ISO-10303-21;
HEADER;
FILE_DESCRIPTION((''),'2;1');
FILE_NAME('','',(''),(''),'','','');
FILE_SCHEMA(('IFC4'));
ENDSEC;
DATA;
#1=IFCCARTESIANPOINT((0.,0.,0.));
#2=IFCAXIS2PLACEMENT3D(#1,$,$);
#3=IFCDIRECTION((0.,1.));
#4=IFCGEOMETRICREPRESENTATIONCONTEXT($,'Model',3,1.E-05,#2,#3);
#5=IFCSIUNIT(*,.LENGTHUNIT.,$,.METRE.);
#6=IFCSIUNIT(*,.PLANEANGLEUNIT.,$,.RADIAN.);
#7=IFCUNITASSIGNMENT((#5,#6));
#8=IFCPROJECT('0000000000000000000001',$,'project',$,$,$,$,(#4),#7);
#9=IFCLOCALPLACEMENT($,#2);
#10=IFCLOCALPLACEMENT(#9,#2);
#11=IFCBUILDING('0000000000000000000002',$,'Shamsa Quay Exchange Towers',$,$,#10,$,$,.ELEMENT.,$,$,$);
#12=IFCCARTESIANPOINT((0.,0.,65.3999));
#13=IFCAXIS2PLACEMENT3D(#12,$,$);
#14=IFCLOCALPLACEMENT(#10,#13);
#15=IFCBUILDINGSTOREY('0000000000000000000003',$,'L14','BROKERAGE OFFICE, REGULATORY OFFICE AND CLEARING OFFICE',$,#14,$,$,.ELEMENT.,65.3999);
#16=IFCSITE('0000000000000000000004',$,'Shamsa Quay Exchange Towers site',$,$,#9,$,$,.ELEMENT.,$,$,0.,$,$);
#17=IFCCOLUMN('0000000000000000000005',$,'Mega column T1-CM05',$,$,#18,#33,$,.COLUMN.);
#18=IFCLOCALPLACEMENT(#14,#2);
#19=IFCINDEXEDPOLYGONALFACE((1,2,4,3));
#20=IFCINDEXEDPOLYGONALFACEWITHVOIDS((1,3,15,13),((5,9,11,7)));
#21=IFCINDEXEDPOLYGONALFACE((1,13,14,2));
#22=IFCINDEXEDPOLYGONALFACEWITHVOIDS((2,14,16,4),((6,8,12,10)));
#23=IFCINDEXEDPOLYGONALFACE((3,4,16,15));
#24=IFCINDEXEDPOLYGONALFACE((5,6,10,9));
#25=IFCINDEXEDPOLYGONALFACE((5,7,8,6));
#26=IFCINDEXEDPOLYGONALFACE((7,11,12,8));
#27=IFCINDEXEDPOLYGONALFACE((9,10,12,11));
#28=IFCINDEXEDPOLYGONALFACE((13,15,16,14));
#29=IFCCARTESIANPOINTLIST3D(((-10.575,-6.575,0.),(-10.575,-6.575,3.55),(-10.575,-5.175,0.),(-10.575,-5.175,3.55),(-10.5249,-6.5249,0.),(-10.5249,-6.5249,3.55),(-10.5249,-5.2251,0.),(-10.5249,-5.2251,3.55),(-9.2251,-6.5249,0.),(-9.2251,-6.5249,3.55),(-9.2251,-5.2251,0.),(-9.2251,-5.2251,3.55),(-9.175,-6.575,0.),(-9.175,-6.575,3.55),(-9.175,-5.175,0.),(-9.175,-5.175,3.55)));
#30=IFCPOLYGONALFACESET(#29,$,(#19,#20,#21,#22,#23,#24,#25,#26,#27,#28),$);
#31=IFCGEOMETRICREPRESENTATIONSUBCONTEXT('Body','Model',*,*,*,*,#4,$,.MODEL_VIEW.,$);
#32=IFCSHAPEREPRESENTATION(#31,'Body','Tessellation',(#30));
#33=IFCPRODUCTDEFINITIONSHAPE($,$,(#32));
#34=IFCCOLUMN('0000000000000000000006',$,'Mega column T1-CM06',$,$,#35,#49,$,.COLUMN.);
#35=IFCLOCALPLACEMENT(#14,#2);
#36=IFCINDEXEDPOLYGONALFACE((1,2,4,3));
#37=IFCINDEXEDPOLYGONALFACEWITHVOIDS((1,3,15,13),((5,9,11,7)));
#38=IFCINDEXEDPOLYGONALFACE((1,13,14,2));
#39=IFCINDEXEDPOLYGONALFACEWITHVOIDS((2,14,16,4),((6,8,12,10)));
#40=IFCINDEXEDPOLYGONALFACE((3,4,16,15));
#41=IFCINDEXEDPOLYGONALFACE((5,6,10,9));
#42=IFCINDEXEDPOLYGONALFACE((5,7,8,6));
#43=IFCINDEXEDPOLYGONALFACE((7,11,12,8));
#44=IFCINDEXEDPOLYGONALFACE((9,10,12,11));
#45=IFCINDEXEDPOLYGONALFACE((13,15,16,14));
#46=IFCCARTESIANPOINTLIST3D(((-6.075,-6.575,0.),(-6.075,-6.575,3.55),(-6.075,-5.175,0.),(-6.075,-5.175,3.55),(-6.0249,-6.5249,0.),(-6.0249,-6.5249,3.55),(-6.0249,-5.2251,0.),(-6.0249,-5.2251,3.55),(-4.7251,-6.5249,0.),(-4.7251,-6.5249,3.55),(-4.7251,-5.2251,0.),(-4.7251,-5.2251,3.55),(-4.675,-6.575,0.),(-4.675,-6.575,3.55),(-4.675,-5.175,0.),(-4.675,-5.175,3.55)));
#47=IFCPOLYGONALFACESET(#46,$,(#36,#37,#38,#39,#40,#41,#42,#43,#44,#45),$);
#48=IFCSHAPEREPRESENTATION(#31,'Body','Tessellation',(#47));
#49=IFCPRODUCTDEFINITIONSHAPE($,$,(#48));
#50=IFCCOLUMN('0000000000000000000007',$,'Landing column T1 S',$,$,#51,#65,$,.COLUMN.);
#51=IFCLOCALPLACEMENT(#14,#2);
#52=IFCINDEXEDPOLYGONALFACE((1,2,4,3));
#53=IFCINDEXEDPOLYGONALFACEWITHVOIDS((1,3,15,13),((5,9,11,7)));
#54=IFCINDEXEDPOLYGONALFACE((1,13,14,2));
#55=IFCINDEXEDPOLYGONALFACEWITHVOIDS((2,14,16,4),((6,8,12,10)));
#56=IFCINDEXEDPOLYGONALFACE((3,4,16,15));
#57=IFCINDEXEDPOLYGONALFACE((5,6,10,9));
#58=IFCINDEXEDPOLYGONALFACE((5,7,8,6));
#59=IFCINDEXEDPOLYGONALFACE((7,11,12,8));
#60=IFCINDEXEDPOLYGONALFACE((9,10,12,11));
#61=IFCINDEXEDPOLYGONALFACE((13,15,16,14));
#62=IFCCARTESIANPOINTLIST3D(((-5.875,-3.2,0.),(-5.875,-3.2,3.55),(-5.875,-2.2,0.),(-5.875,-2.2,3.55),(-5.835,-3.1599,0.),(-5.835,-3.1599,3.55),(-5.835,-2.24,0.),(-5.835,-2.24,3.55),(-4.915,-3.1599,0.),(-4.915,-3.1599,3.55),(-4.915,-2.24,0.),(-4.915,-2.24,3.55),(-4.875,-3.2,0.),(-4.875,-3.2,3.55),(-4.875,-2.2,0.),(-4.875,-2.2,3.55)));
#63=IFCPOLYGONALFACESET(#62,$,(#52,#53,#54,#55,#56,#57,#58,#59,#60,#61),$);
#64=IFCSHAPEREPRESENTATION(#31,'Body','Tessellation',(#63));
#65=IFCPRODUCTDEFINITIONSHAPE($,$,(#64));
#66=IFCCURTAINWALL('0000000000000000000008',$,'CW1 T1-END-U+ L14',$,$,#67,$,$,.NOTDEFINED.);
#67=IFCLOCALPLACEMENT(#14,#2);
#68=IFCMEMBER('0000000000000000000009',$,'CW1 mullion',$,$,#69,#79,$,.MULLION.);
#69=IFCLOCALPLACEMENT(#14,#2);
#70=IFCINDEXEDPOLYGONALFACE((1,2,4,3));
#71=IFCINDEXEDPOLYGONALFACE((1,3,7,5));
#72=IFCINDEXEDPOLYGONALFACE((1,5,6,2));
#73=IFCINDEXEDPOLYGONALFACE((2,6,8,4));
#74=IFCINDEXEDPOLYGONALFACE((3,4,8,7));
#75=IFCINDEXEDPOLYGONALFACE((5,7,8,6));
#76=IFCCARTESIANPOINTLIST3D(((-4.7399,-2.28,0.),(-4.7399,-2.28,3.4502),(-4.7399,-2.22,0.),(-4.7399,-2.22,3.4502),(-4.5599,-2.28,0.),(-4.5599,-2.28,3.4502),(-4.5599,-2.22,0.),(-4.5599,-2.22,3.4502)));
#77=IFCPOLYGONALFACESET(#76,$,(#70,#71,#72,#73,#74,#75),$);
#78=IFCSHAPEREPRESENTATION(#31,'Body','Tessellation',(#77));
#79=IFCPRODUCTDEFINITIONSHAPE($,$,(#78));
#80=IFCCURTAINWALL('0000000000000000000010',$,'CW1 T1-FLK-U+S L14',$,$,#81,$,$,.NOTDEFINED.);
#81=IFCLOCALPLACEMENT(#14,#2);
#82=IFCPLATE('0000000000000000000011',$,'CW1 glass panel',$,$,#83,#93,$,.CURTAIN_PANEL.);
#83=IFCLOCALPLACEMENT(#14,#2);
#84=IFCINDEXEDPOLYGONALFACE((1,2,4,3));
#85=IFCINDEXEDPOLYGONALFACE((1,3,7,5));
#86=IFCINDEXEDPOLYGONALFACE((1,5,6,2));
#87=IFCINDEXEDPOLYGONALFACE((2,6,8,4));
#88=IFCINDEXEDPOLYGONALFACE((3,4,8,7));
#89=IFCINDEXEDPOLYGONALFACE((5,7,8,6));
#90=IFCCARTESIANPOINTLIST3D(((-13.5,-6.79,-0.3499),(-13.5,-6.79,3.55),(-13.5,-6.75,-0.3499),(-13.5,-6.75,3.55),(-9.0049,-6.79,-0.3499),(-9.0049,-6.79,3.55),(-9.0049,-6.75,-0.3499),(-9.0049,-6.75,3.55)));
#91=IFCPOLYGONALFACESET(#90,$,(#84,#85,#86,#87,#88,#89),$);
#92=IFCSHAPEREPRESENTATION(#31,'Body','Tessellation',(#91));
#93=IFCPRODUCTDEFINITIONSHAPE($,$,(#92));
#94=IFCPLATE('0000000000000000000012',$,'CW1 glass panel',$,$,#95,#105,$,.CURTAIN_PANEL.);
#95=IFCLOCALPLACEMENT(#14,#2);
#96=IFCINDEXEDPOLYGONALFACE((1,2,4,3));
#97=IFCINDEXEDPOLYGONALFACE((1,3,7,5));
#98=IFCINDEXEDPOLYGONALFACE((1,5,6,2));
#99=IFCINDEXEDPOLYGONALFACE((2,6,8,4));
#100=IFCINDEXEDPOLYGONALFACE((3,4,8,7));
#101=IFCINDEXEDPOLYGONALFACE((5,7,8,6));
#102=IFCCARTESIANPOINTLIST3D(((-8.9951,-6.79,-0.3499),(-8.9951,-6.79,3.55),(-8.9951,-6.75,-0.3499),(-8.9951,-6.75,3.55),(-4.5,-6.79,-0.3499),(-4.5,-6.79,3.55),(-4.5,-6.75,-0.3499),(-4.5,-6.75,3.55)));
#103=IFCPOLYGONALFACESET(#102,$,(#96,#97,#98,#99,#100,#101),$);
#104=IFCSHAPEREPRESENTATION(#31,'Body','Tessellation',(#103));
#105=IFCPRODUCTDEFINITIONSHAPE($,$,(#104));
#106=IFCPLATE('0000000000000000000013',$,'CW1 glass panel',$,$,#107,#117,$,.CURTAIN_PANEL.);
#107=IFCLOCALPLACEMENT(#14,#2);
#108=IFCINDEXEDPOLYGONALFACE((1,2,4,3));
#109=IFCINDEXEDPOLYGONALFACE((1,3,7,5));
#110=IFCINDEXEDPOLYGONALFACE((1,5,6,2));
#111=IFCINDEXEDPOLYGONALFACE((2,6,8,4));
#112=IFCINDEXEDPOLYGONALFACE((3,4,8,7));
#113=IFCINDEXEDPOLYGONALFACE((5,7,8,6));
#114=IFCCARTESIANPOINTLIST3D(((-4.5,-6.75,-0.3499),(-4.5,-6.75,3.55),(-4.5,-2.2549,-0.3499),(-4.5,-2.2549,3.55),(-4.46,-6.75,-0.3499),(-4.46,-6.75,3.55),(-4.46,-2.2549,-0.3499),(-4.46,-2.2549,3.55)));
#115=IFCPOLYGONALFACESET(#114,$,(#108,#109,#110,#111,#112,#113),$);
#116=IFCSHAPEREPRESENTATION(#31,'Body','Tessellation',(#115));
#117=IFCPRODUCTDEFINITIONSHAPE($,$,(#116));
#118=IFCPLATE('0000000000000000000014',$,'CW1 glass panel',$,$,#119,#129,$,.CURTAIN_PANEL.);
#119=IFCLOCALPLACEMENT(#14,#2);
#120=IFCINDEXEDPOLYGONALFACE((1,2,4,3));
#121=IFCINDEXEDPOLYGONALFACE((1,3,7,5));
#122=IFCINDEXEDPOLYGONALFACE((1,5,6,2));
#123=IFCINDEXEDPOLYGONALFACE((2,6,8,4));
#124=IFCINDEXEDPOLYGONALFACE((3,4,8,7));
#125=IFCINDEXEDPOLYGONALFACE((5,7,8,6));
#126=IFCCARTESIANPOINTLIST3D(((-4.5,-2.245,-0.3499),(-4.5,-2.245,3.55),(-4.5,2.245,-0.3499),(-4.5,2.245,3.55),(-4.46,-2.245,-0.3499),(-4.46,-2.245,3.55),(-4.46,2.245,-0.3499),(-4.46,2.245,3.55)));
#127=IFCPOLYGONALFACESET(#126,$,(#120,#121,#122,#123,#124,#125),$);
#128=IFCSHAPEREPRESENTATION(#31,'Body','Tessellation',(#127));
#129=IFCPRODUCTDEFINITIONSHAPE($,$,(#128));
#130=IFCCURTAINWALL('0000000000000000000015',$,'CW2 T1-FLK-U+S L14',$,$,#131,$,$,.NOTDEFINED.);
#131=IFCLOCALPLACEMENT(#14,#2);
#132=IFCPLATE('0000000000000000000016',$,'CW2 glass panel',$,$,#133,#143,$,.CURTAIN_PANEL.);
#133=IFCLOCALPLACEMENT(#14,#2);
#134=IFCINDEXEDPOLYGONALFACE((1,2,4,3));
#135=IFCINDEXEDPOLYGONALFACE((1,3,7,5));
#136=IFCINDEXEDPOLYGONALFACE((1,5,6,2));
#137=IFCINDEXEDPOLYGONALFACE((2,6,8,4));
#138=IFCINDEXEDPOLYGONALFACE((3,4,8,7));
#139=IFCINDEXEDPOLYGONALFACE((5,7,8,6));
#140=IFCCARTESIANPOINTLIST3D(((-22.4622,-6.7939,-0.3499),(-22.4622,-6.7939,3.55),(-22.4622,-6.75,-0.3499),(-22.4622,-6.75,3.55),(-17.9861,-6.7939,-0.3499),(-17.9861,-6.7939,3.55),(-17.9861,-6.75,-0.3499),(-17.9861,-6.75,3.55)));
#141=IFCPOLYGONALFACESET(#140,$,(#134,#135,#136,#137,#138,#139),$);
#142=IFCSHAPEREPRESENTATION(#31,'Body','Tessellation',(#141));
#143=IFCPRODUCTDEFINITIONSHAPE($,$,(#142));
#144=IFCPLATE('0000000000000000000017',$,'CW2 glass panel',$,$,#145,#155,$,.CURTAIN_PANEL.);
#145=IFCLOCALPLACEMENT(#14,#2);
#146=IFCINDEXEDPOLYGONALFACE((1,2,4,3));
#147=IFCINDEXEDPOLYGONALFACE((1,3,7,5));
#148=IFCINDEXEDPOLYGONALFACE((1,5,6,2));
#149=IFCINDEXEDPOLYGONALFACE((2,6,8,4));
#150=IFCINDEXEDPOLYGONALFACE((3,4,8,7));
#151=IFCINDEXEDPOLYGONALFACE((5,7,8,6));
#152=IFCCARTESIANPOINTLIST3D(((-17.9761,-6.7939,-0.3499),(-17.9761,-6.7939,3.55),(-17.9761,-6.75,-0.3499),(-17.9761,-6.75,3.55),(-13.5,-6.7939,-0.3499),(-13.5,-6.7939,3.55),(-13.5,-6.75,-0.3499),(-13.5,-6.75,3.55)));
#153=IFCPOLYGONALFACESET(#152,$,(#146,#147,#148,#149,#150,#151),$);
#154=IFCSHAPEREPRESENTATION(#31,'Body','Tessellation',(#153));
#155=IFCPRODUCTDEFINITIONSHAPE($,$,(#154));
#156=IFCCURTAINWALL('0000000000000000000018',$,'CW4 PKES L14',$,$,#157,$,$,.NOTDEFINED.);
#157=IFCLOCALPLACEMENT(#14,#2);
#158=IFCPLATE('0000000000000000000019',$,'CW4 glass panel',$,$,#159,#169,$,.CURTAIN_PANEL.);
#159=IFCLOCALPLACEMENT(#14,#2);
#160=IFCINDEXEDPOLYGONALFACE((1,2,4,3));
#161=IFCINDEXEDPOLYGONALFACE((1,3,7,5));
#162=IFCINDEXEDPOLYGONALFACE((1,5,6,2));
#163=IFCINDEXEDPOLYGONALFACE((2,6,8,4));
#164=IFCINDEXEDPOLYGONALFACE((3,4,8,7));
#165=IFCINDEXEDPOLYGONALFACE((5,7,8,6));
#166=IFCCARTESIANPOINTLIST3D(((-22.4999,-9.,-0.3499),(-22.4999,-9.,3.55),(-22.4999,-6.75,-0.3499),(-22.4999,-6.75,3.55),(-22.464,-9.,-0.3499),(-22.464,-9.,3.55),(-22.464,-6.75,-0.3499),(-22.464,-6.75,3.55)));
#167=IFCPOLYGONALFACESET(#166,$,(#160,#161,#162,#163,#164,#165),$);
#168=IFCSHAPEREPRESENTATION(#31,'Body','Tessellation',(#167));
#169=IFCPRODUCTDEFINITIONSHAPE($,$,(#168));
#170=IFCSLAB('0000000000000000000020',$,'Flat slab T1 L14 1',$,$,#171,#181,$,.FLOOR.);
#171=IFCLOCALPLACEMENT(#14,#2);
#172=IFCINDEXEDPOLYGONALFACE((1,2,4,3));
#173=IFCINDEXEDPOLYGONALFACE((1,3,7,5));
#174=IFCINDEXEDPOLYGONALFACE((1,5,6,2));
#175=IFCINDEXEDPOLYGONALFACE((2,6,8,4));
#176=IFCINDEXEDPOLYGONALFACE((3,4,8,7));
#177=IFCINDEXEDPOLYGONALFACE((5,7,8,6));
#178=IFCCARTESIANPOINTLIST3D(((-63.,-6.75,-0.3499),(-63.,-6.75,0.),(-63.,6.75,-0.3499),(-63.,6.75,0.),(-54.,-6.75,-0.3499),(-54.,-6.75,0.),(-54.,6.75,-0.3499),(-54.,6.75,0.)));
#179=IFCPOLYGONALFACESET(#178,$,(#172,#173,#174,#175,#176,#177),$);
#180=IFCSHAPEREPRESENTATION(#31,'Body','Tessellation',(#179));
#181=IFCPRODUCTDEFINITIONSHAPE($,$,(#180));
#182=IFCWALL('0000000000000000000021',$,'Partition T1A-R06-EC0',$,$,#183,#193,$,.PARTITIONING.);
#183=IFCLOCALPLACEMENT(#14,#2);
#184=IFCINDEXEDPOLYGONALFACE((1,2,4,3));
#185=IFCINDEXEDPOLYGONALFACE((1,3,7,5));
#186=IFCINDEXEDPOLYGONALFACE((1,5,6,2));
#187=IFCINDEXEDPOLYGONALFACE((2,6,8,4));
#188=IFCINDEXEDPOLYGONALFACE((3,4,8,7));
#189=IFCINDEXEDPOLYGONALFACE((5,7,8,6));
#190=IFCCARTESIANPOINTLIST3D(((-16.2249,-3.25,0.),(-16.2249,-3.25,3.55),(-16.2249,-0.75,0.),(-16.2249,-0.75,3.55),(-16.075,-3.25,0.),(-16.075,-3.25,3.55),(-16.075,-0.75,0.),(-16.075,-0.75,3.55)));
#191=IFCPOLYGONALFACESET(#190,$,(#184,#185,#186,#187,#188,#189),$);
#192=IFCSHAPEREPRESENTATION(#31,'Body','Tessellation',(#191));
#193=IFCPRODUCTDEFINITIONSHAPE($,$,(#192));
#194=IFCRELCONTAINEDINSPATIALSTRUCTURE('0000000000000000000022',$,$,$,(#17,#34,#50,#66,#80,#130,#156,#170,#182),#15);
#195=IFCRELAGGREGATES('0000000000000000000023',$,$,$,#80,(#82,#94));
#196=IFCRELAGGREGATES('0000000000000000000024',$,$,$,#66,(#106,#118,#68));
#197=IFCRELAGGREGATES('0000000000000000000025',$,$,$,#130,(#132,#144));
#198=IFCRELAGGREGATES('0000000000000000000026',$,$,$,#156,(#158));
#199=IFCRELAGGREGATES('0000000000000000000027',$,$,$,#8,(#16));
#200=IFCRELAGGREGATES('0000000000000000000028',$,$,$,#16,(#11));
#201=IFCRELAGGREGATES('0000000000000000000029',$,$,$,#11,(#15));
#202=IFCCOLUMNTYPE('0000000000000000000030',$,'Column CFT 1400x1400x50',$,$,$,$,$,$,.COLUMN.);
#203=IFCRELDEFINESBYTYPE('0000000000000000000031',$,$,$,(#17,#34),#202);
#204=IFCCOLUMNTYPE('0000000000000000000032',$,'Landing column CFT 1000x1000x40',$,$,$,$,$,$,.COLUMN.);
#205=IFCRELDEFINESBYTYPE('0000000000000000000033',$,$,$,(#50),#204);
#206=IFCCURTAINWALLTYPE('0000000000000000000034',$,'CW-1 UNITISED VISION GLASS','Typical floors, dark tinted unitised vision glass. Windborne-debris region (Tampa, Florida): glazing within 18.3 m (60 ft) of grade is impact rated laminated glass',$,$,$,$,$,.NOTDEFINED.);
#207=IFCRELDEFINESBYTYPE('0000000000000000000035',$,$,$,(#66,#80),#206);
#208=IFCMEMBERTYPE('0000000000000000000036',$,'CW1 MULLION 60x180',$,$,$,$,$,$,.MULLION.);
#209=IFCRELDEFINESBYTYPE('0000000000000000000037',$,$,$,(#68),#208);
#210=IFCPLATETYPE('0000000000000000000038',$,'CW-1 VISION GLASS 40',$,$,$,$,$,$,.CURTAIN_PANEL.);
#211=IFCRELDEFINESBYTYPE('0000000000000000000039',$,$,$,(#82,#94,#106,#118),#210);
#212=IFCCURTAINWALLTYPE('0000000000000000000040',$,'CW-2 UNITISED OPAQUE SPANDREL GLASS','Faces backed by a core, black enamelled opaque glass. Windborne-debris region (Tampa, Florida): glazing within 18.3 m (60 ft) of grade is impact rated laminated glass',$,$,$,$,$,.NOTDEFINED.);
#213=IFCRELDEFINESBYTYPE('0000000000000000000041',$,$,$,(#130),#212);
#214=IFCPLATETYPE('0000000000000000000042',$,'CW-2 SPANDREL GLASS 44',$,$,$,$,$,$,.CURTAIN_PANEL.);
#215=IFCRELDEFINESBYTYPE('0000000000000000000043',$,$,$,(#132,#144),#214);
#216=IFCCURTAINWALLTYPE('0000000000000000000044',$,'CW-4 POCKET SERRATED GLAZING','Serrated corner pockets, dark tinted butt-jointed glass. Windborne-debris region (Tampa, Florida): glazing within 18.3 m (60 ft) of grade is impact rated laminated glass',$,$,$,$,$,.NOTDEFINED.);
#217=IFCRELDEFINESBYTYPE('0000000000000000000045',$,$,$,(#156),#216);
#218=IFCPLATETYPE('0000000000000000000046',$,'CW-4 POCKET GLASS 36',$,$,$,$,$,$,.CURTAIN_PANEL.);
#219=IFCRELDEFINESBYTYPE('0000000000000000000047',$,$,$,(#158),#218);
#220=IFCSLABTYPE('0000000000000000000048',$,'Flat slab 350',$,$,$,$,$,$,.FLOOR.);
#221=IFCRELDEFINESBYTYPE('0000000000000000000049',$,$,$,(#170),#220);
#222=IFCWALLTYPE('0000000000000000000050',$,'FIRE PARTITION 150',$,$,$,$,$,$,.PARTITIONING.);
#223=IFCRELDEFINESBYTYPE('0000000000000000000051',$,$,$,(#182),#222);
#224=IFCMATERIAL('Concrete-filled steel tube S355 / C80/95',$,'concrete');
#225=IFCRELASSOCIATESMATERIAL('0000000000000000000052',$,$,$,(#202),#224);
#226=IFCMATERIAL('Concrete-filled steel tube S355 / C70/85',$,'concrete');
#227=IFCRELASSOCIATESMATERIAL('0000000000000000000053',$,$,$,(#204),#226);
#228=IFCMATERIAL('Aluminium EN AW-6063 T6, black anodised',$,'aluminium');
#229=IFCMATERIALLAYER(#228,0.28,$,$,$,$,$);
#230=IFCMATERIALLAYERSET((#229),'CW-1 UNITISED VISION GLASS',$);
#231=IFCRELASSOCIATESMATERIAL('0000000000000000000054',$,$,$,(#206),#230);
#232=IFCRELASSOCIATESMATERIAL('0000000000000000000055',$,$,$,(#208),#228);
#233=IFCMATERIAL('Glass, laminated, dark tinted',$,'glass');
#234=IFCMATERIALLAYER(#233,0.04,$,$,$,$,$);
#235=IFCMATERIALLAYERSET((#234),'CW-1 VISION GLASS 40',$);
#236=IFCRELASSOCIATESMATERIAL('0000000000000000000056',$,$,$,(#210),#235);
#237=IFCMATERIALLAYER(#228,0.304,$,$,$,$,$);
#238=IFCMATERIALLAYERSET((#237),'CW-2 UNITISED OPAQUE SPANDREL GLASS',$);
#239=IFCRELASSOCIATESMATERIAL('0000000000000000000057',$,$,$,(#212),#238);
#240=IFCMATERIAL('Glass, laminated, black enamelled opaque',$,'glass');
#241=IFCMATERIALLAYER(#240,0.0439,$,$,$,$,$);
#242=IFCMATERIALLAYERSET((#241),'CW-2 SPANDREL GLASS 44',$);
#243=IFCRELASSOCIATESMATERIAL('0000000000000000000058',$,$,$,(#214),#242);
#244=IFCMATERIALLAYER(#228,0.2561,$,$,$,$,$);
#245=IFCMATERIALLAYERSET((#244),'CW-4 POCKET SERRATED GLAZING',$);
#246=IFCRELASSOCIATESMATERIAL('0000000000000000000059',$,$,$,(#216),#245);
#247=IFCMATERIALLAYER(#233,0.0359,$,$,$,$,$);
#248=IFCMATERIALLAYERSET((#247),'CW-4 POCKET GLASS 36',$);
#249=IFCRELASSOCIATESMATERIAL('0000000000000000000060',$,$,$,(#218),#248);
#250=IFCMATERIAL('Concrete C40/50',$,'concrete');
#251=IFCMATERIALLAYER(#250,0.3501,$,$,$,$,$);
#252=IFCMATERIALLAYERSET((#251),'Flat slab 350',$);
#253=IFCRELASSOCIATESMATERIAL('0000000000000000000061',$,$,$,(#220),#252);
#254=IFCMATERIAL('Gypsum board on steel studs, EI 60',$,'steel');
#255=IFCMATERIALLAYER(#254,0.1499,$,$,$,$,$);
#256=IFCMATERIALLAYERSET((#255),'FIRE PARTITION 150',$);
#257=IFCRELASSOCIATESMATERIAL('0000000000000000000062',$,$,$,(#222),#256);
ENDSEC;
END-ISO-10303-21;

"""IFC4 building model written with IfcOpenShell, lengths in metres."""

from ifc_helpers import new_model, si_unit, direction, frame, frame_2d, origin, origin_2d, place, context, subcontext, project, spatial, polyline, rectangle, hollow_rectangle, outline, extrude, material, layer, layer_set, material_profile, profile_set, type_object, element, aggregate, save


model = new_model("IFC4")

# Units and contexts
model_context = context("Model", 3, precision=1e-05, world=origin(), true_north=direction((0.0, 1.0)))
body_context = subcontext(model_context, "Body", "Model", "MODEL_VIEW")
ifc_project = project(units=[si_unit("LENGTHUNIT", "METRE"), si_unit("PLANEANGLEUNIT", "RADIAN")], contexts=[model_context])

# Site, building, storey
site_placement = place(None, origin())
site = spatial("IfcSite", under=ifc_project, at=site_placement, Name="Shamsa Quay Exchange Towers site", CompositionType="ELEMENT", RefElevation=0.0)
building_placement = place(site_placement, origin())
building = spatial("IfcBuilding", under=site, at=building_placement, Name="Shamsa Quay Exchange Towers", CompositionType="ELEMENT")
storey_placement = place(building_placement, frame((0.0, 0.0, 65.3999)))
storey = spatial("IfcBuildingStorey", under=building, at=storey_placement, Name="L14", Description="BROKERAGE OFFICE, REGULATORY OFFICE AND CLEARING OFFICE", CompositionType="ELEMENT", Elevation=65.3999)

# Columns
ifc_material_1 = material(Name="Concrete-filled steel tube S355 / C80/95", Category="concrete")
ifc_material_profile_1 = material_profile(ifc_material_1, hollow_rectangle(XDim=1.3999, YDim=1.3999, WallThickness=0.05, at=origin_2d()), Name="CFT 1400x1400x50")
ifc_profile_set_1 = profile_set([ifc_material_profile_1], Name="Concrete-filled steel tube S355 / C80/95")
column_type_1 = type_object("IfcColumnType", Name="Column CFT 1400x1400x50", PredefinedType="COLUMN", material=ifc_profile_set_1)
for number, where, name in (
    (1, (-9.875, -5.875, 0.0), "Mega column T1-CM05"),
    (2, (-5.375, -5.875, 0.0), "Mega column T1-CM06"),
):
    element("IfcColumn", number, at=place(storey_placement, frame(where)), inside=storey, type_object=column_type_1, Name=name, PredefinedType="COLUMN", context=body_context, shape_type="SweptSolid", body=[
        extrude(hollow_rectangle(XDim=1.3999, YDim=1.3999, WallThickness=0.05, at=origin_2d()), origin(), (0.0, 0.0, 1.0), 3.55),
    ])
ifc_material_2 = material(Name="Concrete-filled steel tube S355 / C70/85", Category="concrete")
ifc_material_profile_2 = material_profile(ifc_material_2, hollow_rectangle(XDim=1.0, YDim=1.0, WallThickness=0.04, at=origin_2d()), Name="CFT 1000x1000x40")
ifc_profile_set_2 = profile_set([ifc_material_profile_2], Name="Concrete-filled steel tube S355 / C70/85")
column_type_2 = type_object("IfcColumnType", Name="Landing column CFT 1000x1000x40", PredefinedType="COLUMN", material=ifc_profile_set_2)
column_placement = place(storey_placement, frame((-5.375, -2.7, 0.0)))
element("IfcColumn", 3, at=column_placement, inside=storey, type_object=column_type_2, Name="Landing column T1 S", PredefinedType="COLUMN", context=body_context, shape_type="SweptSolid", body=[
    extrude(hollow_rectangle(XDim=1.0, YDim=1.0, WallThickness=0.04, at=origin_2d()), origin(), (0.0, 0.0, 1.0), 3.55),
])

# Curtain wall, member
ifc_material_3 = material(Name="Aluminium EN AW-6063 T6, black anodised", Category="aluminium")
ifc_layer_1 = layer(ifc_material_3, 0.28)
ifc_layer_set_1 = layer_set([ifc_layer_1], Name="CW-1 UNITISED VISION GLASS")
curtain_wall_type_1 = type_object("IfcCurtainWallType", Name="CW-1 UNITISED VISION GLASS", Description="Typical floors, dark tinted unitised vision glass. Windborne-debris region (Tampa, Florida): glazing within 18.3 m (60 ft) of grade is impact rated laminated glass", PredefinedType="NOTDEFINED", material=ifc_layer_set_1)
curtain_wall_1_placement = place(storey_placement, origin())
curtain_wall_1 = element("IfcCurtainWall", 4, at=curtain_wall_1_placement, inside=storey, type_object=curtain_wall_type_1, Name="CW1 T1-END-U+ L14", PredefinedType="NOTDEFINED")
ifc_material_profile_3 = material_profile(ifc_material_3, rectangle(XDim=0.1799, YDim=0.0601, at=origin_2d()), Name="MU60x180")
ifc_profile_set_3 = profile_set([ifc_material_profile_3], Name="Aluminium EN AW-6063 T6, black anodised")
member_type = type_object("IfcMemberType", Name="CW1 MULLION 60x180", PredefinedType="MULLION", material=ifc_profile_set_3)
member_placement = place(storey_placement, frame((-4.6499, -2.25, 0.0), z_axis=(0.0, 0.0, 1.0), x_axis=(-1.0, 0.0, 0.0)))
member = element("IfcMember", 5, at=member_placement, type_object=member_type, Name="CW1 mullion", PredefinedType="MULLION", context=body_context, shape_type="SweptSolid", body=[
    extrude(rectangle(XDim=0.1799, YDim=0.0601, at=origin_2d()), origin(), (0.0, 0.0, 1.0), 3.4502),
])

# Curtain wall, plates
curtain_wall_2_placement = place(storey_placement, origin())
curtain_wall_2 = element("IfcCurtainWall", 6, at=curtain_wall_2_placement, inside=storey, type_object=curtain_wall_type_1, Name="CW1 T1-FLK-U+S L14", PredefinedType="NOTDEFINED")
ifc_material_4 = material(Name="Glass, laminated, dark tinted", Category="glass")
ifc_layer_2 = layer(ifc_material_4, 0.04)
ifc_layer_set_2 = layer_set([ifc_layer_2], Name="CW-1 VISION GLASS 40")
plate_type_1 = type_object("IfcPlateType", Name="CW-1 VISION GLASS 40", PredefinedType="CURTAIN_PANEL", material=ifc_layer_set_2)
plate_1_placement = place(storey_placement, frame((-11.2524, -6.77, -0.3499)))
plate_1 = element("IfcPlate", 7, at=plate_1_placement, type_object=plate_type_1, Name="CW1 glass panel", PredefinedType="CURTAIN_PANEL", context=body_context, shape_type="SweptSolid", body=[
    extrude(rectangle(XDim=4.4951, YDim=0.04, at=origin_2d()), origin(), (0.0, 0.0, 1.0), 3.8999),
])
plate_2_placement = place(storey_placement, frame((-6.7476, -6.77, -0.3499)))
plate_2 = element("IfcPlate", 8, at=plate_2_placement, type_object=plate_type_1, Name="CW1 glass panel", PredefinedType="CURTAIN_PANEL", context=body_context, shape_type="SweptSolid", body=[
    extrude(rectangle(XDim=4.4951, YDim=0.04, at=origin_2d()), origin(), (0.0, 0.0, 1.0), 3.8999),
])
aggregate(curtain_wall_2, [plate_1, plate_2])

# Plates
plate_3_placement = place(storey_placement, frame((-4.48, -4.5024, -0.3499), z_axis=(0.0, 0.0, 1.0), x_axis=(0.0, 1.0, 0.0)))
plate_3 = element("IfcPlate", 9, at=plate_3_placement, type_object=plate_type_1, Name="CW1 glass panel", PredefinedType="CURTAIN_PANEL", context=body_context, shape_type="SweptSolid", body=[
    extrude(rectangle(XDim=4.4951, YDim=0.04, at=origin_2d()), origin(), (0.0, 0.0, 1.0), 3.8999),
])
plate_4_placement = place(storey_placement, frame((-4.48, 0.0, -0.3499), z_axis=(0.0, 0.0, 1.0), x_axis=(0.0, 1.0, 0.0)))
plate_4 = element("IfcPlate", 10, at=plate_4_placement, type_object=plate_type_1, Name="CW1 glass panel", PredefinedType="CURTAIN_PANEL", context=body_context, shape_type="SweptSolid", body=[
    extrude(rectangle(XDim=4.49, YDim=0.04, at=origin_2d()), origin(), (0.0, 0.0, 1.0), 3.8999),
])
aggregate(curtain_wall_1, [plate_3, plate_4, member])

# Curtain wall, plates
ifc_layer_3 = layer(ifc_material_3, 0.304)
ifc_layer_set_3 = layer_set([ifc_layer_3], Name="CW-2 UNITISED OPAQUE SPANDREL GLASS")
curtain_wall_type_2 = type_object("IfcCurtainWallType", Name="CW-2 UNITISED OPAQUE SPANDREL GLASS", Description="Faces backed by a core, black enamelled opaque glass. Windborne-debris region (Tampa, Florida): glazing within 18.3 m (60 ft) of grade is impact rated laminated glass", PredefinedType="NOTDEFINED", material=ifc_layer_set_3)
curtain_wall_3_placement = place(storey_placement, origin())
curtain_wall_3 = element("IfcCurtainWall", 11, at=curtain_wall_3_placement, inside=storey, type_object=curtain_wall_type_2, Name="CW2 T1-FLK-U+S L14", PredefinedType="NOTDEFINED")
ifc_material_5 = material(Name="Glass, laminated, black enamelled opaque", Category="glass")
ifc_layer_4 = layer(ifc_material_5, 0.0439)
ifc_layer_set_4 = layer_set([ifc_layer_4], Name="CW-2 SPANDREL GLASS 44")
plate_type_2 = type_object("IfcPlateType", Name="CW-2 SPANDREL GLASS 44", PredefinedType="CURTAIN_PANEL", material=ifc_layer_set_4)
plate_5_placement = place(storey_placement, frame((-20.2241, -6.772, -0.3499)))
plate_5 = element("IfcPlate", 12, at=plate_5_placement, type_object=plate_type_2, Name="CW2 glass panel", PredefinedType="CURTAIN_PANEL", context=body_context, shape_type="SweptSolid", body=[
    extrude(rectangle(XDim=4.4761, YDim=0.0439, at=origin_2d()), origin(), (0.0, 0.0, 1.0), 3.8999),
])
plate_6_placement = place(storey_placement, frame((-15.738, -6.772, -0.3499)))
plate_6 = element("IfcPlate", 13, at=plate_6_placement, type_object=plate_type_2, Name="CW2 glass panel", PredefinedType="CURTAIN_PANEL", context=body_context, shape_type="SweptSolid", body=[
    extrude(rectangle(XDim=4.4761, YDim=0.0439, at=origin_2d()), origin(), (0.0, 0.0, 1.0), 3.8999),
])
aggregate(curtain_wall_3, [plate_5, plate_6])

# Curtain wall, plate
ifc_layer_5 = layer(ifc_material_3, 0.2561)
ifc_layer_set_5 = layer_set([ifc_layer_5], Name="CW-4 POCKET SERRATED GLAZING")
curtain_wall_type_3 = type_object("IfcCurtainWallType", Name="CW-4 POCKET SERRATED GLAZING", Description="Serrated corner pockets, dark tinted butt-jointed glass. Windborne-debris region (Tampa, Florida): glazing within 18.3 m (60 ft) of grade is impact rated laminated glass", PredefinedType="NOTDEFINED", material=ifc_layer_set_5)
curtain_wall_4_placement = place(storey_placement, origin())
curtain_wall_4 = element("IfcCurtainWall", 14, at=curtain_wall_4_placement, inside=storey, type_object=curtain_wall_type_3, Name="CW4 PKES L14", PredefinedType="NOTDEFINED")
ifc_layer_6 = layer(ifc_material_4, 0.0359)
ifc_layer_set_6 = layer_set([ifc_layer_6], Name="CW-4 POCKET GLASS 36")
plate_type_3 = type_object("IfcPlateType", Name="CW-4 POCKET GLASS 36", PredefinedType="CURTAIN_PANEL", material=ifc_layer_set_6)
plate_7_placement = place(storey_placement, frame((-22.4819, -7.875, -0.3499), z_axis=(0.0, 0.0, 1.0), x_axis=(0.0, 1.0, 0.0)))
plate_7 = element("IfcPlate", 15, at=plate_7_placement, type_object=plate_type_3, Name="CW4 glass panel", PredefinedType="CURTAIN_PANEL", context=body_context, shape_type="SweptSolid", body=[
    extrude(rectangle(XDim=2.25, YDim=0.0359, at=origin_2d()), origin(), (0.0, 0.0, 1.0), 3.8999),
])
aggregate(curtain_wall_4, [plate_7])

# Slab
ifc_material_6 = material(Name="Concrete C40/50", Category="concrete")
ifc_layer_7 = layer(ifc_material_6, 0.3501)
ifc_layer_set_7 = layer_set([ifc_layer_7], Name="Flat slab 350")
slab_type = type_object("IfcSlabType", Name="Flat slab 350", PredefinedType="FLOOR", material=ifc_layer_set_7)
slab_placement = place(storey_placement, frame((0.0, 0.0, -0.3499)))
element("IfcSlab", 16, at=slab_placement, inside=storey, type_object=slab_type, Name="Flat slab T1 L14 1", PredefinedType="FLOOR", context=body_context, shape_type="SweptSolid", body=[
    extrude(outline(polyline([(-63.0, -6.75), (-54.0, -6.75), (-54.0, 6.75), (-63.0, 6.75), (-63.0, -6.75)])), origin(), (0.0, 0.0, 1.0), 0.3499),
])

# Wall
ifc_material_7 = material(Name="Gypsum board on steel studs, EI 60", Category="steel")
ifc_layer_8 = layer(ifc_material_7, 0.1499)
ifc_layer_set_8 = layer_set([ifc_layer_8], Name="FIRE PARTITION 150")
wall_type_1 = type_object("IfcWallType", Name="FIRE PARTITION 150", PredefinedType="PARTITIONING", material=ifc_layer_set_8)
wall_1_placement = place(storey_placement, frame((-16.1499, -3.25, 0.0), z_axis=(0.0, 0.0, 1.0), x_axis=(0.0, 1.0, 0.0)))
element("IfcWall", 17, at=wall_1_placement, inside=storey, type_object=wall_type_1, Name="Partition T1A-R06-EC0", PredefinedType="PARTITIONING", context=body_context, shape_type="SweptSolid", body=[
    extrude(rectangle(XDim=2.5, YDim=0.1499, at=frame_2d((1.25, 0.0))), origin(), (0.0, 0.0, 1.0), 3.55),
])

save(model, "model.ifc")
